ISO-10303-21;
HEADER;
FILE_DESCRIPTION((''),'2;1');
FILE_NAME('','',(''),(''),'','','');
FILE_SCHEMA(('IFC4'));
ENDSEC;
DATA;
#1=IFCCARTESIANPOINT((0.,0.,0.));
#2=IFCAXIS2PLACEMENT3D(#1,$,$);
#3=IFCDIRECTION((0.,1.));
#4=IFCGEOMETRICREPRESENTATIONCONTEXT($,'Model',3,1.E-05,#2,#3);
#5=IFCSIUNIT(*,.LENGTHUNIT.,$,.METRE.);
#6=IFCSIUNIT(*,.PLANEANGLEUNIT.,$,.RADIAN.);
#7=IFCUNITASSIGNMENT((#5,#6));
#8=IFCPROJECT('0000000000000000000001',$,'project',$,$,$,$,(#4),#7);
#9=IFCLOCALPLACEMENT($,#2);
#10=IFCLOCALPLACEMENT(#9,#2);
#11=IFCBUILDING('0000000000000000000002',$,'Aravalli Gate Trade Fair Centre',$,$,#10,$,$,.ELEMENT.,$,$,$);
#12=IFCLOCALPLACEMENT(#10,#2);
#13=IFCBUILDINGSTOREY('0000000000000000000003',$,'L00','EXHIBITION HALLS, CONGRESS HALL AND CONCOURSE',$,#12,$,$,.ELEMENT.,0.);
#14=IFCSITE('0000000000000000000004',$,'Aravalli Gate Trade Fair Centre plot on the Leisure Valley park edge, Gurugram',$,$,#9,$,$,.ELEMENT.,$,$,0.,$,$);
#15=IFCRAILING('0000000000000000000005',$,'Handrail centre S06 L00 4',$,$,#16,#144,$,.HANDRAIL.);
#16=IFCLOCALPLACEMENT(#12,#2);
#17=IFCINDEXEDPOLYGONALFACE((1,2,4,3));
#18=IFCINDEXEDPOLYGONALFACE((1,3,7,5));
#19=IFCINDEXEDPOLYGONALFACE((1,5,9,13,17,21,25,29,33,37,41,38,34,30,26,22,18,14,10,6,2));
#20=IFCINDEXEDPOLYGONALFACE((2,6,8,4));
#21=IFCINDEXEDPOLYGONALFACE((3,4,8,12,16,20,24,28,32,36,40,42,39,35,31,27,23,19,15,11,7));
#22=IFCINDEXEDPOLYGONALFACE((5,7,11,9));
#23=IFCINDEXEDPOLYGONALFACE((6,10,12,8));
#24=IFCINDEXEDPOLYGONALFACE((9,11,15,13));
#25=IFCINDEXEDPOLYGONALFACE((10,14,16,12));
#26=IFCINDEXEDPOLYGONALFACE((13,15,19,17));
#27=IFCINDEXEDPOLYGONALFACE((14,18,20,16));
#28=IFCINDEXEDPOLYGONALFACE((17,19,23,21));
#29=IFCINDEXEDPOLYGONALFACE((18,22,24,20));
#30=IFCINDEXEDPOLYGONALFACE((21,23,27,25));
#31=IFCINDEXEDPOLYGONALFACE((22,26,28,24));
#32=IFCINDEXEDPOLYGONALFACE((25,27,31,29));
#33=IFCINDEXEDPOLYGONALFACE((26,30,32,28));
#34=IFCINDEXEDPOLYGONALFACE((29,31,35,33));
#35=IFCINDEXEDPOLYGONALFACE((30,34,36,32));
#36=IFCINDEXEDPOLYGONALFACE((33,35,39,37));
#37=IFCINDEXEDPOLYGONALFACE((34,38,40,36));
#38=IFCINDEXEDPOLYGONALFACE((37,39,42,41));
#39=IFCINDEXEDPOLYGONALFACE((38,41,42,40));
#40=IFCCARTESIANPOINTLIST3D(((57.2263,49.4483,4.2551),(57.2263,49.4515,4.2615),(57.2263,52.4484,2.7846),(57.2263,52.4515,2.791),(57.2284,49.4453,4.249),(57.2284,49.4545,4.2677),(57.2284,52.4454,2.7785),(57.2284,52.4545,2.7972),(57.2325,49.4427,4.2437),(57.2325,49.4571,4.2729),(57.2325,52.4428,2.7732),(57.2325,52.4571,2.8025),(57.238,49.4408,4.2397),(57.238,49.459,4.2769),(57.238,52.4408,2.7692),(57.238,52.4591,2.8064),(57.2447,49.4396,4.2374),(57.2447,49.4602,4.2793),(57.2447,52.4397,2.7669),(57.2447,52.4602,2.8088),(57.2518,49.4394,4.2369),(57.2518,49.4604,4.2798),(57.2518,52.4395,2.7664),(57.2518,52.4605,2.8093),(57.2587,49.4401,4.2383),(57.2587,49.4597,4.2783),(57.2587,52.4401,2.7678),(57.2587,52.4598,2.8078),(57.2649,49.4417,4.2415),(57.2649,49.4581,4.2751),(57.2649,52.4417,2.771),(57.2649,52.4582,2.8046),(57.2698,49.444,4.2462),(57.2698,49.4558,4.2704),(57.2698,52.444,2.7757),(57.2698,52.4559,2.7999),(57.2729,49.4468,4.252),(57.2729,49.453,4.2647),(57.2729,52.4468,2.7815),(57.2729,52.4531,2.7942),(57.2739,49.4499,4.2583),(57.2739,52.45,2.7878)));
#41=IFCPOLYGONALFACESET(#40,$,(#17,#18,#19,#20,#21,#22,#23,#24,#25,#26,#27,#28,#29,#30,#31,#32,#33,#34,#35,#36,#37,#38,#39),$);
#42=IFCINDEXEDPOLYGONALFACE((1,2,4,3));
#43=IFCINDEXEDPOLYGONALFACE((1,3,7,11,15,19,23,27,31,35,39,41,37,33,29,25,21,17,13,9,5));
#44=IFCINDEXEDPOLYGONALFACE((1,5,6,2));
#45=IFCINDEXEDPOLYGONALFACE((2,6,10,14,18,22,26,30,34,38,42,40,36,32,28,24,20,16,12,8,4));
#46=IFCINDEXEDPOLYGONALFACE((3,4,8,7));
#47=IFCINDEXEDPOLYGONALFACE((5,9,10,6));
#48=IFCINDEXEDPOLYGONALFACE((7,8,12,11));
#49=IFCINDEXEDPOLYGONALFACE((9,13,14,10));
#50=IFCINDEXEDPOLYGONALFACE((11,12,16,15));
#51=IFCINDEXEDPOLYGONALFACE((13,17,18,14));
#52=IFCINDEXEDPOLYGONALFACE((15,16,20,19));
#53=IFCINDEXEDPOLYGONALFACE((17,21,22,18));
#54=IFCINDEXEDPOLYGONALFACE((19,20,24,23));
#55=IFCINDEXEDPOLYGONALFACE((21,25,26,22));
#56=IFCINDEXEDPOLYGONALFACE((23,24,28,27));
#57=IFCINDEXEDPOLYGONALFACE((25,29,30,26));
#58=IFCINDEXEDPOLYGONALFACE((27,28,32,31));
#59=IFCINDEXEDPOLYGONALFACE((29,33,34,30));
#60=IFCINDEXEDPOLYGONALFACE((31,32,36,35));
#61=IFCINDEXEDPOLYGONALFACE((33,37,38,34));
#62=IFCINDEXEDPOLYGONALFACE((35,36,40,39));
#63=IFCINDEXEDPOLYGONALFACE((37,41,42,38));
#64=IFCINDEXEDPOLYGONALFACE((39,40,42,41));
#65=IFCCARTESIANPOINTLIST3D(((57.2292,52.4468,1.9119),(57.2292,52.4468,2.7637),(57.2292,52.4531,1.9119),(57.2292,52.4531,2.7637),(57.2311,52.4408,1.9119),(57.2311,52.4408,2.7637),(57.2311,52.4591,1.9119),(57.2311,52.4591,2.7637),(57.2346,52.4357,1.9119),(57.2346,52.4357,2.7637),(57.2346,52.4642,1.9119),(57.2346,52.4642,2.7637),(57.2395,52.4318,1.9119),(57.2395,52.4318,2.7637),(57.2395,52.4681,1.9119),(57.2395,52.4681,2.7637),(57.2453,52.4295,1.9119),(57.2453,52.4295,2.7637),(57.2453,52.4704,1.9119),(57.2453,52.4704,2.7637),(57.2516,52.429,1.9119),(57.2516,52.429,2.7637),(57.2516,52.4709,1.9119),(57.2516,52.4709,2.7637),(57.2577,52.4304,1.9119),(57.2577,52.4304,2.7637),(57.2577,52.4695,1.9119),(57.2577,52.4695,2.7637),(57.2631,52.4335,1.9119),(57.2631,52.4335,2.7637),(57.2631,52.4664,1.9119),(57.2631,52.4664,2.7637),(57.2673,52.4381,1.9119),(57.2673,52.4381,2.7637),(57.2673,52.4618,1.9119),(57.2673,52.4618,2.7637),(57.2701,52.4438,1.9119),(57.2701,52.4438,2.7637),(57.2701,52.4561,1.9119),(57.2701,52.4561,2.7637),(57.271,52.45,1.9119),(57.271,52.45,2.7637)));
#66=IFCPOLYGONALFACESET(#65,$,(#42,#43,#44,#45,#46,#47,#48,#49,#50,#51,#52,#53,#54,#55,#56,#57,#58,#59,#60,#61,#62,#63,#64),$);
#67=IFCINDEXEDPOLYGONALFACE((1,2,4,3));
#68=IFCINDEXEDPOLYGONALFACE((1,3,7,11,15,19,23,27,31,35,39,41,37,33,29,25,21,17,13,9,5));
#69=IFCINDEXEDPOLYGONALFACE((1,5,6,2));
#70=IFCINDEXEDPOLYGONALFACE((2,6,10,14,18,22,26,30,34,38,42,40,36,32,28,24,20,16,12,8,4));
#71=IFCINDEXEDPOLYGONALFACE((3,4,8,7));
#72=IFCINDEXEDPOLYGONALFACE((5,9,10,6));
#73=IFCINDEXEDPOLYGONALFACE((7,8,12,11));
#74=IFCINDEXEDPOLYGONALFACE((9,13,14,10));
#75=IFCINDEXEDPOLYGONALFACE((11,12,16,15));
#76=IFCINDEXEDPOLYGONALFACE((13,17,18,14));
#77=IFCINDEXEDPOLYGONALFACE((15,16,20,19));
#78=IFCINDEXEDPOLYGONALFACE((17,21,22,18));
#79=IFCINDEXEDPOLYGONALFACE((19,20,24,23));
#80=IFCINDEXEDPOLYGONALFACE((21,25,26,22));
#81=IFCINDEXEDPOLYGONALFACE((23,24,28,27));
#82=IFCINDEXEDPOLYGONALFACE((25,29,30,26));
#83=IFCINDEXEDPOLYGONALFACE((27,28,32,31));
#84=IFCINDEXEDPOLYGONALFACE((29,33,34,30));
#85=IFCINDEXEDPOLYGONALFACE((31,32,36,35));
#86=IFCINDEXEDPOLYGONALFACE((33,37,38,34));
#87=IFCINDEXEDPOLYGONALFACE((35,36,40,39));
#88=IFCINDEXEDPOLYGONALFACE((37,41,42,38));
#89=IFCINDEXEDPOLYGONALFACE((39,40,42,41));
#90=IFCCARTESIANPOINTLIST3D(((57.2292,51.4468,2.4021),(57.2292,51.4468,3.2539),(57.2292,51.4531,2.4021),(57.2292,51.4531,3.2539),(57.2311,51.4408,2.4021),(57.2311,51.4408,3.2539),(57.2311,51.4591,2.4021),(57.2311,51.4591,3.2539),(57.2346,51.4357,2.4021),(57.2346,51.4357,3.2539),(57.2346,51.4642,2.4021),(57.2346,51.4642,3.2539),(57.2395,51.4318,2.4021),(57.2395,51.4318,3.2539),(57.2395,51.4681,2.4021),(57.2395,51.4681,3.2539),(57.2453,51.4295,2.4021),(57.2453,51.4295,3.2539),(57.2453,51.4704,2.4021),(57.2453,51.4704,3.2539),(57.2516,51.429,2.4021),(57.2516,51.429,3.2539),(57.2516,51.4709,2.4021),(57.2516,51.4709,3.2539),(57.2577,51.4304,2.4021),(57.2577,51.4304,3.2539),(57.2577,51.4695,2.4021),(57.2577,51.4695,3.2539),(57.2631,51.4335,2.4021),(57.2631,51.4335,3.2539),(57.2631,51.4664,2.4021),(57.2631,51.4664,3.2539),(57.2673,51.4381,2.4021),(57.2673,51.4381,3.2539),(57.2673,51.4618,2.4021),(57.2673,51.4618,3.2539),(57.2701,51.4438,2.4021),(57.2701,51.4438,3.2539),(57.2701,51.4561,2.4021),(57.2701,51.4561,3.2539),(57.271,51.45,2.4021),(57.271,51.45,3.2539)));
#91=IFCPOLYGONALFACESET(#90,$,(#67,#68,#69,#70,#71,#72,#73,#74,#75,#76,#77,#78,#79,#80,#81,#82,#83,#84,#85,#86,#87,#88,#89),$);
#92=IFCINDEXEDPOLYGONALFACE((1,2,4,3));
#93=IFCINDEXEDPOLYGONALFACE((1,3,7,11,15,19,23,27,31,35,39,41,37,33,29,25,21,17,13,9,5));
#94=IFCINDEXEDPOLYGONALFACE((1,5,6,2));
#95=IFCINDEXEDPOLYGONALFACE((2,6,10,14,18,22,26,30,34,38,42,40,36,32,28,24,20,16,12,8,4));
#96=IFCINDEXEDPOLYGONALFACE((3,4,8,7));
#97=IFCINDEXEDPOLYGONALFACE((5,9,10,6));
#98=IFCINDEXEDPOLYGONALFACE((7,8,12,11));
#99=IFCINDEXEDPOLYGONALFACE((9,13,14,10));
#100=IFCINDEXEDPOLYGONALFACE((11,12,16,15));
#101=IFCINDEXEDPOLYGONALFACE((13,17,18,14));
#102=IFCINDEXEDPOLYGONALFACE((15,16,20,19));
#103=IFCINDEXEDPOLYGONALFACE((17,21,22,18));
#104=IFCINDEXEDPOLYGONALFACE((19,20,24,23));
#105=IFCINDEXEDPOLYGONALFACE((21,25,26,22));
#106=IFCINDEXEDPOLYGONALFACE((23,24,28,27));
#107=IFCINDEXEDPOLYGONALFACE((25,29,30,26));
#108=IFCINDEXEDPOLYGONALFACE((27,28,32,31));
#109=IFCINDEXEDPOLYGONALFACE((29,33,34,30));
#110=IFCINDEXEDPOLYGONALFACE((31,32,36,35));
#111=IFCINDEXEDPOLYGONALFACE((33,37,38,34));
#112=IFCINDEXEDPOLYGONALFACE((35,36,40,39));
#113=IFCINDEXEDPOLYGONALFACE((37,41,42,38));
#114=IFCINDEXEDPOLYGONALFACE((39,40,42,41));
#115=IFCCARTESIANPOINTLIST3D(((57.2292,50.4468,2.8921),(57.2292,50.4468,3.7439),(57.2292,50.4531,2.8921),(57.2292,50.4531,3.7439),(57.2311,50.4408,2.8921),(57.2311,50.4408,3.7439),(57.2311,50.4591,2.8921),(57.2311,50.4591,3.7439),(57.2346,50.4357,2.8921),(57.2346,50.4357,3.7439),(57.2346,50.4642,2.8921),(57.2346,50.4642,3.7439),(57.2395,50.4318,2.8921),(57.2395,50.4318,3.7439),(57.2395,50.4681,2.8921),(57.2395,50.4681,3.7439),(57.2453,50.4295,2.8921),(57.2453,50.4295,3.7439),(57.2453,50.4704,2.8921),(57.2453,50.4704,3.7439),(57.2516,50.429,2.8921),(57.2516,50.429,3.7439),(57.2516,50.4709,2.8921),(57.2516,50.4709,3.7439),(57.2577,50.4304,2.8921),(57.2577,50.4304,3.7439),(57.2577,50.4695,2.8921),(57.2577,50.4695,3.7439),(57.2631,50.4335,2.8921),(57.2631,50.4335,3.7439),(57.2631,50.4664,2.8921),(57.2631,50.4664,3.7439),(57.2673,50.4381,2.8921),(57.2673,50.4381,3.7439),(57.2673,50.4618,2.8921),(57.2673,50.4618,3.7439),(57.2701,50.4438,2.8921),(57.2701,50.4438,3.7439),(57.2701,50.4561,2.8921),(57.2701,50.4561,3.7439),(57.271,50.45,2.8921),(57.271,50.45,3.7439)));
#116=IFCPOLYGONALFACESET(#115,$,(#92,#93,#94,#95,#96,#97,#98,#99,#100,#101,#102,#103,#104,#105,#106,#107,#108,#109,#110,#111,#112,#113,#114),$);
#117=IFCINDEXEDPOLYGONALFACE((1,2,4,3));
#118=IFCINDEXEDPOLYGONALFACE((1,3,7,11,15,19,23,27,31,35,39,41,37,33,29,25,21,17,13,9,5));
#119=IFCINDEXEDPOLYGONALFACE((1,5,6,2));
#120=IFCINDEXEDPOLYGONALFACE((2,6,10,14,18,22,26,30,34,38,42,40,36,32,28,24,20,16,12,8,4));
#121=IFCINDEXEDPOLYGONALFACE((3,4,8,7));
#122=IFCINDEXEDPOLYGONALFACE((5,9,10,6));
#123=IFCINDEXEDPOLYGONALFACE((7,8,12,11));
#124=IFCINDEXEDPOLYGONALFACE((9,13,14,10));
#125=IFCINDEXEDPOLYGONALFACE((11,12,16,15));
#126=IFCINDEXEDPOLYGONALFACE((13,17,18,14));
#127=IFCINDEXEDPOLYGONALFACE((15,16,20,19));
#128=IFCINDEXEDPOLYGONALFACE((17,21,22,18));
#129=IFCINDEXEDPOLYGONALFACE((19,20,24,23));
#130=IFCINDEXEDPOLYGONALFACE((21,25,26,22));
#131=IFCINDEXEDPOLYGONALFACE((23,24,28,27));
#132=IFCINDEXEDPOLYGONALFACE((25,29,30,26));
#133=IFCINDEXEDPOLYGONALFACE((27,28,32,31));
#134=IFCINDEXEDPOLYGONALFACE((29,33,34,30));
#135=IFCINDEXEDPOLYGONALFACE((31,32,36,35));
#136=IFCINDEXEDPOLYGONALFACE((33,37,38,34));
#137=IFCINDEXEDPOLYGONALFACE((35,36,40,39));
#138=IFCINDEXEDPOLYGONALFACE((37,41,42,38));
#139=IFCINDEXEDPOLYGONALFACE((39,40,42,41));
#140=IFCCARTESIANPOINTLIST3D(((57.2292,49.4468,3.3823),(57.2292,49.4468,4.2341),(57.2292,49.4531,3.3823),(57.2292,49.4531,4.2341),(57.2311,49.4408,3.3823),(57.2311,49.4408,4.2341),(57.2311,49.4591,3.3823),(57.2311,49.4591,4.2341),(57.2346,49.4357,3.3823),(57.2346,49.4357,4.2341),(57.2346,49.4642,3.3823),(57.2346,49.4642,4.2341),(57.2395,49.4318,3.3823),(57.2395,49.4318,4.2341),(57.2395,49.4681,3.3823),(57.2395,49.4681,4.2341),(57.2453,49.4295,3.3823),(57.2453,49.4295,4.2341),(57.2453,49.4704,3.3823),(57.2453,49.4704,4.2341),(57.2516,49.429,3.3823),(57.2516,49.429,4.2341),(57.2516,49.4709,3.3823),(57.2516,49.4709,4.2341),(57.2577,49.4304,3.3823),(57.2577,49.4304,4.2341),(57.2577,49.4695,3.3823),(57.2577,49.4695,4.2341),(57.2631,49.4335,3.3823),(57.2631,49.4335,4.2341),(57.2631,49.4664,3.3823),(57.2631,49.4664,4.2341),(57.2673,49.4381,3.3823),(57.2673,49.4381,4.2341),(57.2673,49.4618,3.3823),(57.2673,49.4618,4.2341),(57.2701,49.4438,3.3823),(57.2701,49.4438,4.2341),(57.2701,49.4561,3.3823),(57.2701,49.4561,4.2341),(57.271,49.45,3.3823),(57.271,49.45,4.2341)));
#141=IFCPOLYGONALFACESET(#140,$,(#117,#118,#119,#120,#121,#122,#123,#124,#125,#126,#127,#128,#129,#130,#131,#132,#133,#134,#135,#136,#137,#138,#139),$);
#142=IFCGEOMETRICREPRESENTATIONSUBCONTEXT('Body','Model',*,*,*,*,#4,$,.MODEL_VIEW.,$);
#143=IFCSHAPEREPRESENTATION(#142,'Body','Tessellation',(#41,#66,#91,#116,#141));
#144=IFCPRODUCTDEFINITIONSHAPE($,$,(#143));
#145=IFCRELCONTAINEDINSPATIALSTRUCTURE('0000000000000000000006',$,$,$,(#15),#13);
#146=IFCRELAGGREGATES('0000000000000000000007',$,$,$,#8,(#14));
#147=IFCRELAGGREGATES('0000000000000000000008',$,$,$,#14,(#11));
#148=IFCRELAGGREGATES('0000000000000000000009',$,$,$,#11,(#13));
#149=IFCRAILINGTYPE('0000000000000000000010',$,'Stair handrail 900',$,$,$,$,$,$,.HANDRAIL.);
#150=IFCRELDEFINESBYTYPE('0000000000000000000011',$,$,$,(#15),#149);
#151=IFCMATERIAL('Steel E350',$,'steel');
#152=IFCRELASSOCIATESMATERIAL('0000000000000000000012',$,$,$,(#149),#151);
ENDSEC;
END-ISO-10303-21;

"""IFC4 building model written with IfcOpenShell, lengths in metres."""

from ifc_helpers import new_model, si_unit, direction, frame, origin, origin_2d, place, context, subcontext, project, spatial, circle, extrude, material, type_object, element, save


model = new_model("IFC4")

# Units and contexts
model_context = context("Model", 3, precision=1e-05, world=origin(), true_north=direction((0.0, 1.0)))
body_context = subcontext(model_context, "Body", "Model", "MODEL_VIEW")
ifc_project = project(units=[si_unit("LENGTHUNIT", "METRE"), si_unit("PLANEANGLEUNIT", "RADIAN")], contexts=[model_context])

# Site, building, storey
site_placement = place(None, origin())
site = spatial("IfcSite", under=ifc_project, at=site_placement, Name="Aravalli Gate Trade Fair Centre plot on the Leisure Valley park edge, Gurugram", CompositionType="ELEMENT", RefElevation=0.0)
building_placement = place(site_placement, origin())
building = spatial("IfcBuilding", under=site, at=building_placement, Name="Aravalli Gate Trade Fair Centre", CompositionType="ELEMENT")
storey_placement = place(building_placement, origin())
storey = spatial("IfcBuildingStorey", under=building, at=storey_placement, Name="L00", Description="EXHIBITION HALLS, CONGRESS HALL AND CONCOURSE", CompositionType="ELEMENT", Elevation=0.0)

# Railing
ifc_material_1 = material(Name="Steel E350", Category="steel")
railing_type = type_object("IfcRailingType", Name="Stair handrail 900", PredefinedType="HANDRAIL", material=ifc_material_1)
for number, where, name in (
    (1, (57.25, 52.45, 1.9119), "Handrail centre S06 L00 4"),
):
    element("IfcRailing", number, at=place(storey_placement, frame(where)), inside=storey, type_object=railing_type, Name=name, PredefinedType="HANDRAIL", context=body_context, shape_type="SweptSolid", body=[
        extrude(circle(Radius=0.0239, at=origin_2d()), frame((0.0, 0.0, 0.876), z_axis=(0.0, -0.897936, 0.440126), x_axis=(1.0, 0.0, 0.0)), (0.0, 0.0, 1.0), 3.3411),
        extrude(circle(Radius=0.021, at=origin_2d()), origin(), (0.0, 0.0, 1.0), 0.8518),
        extrude(circle(Radius=0.021, at=origin_2d()), frame((0.0, -1.0, 0.4902)), (0.0, 0.0, 1.0), 0.8518),
        extrude(circle(Radius=0.021, at=origin_2d()), frame((0.0, -2.0, 0.9802)), (0.0, 0.0, 1.0), 0.8518),
        extrude(circle(Radius=0.021, at=origin_2d()), frame((0.0, -3.0, 1.4705)), (0.0, 0.0, 1.0), 0.8518),
    ])

save(model, "model.ifc")
